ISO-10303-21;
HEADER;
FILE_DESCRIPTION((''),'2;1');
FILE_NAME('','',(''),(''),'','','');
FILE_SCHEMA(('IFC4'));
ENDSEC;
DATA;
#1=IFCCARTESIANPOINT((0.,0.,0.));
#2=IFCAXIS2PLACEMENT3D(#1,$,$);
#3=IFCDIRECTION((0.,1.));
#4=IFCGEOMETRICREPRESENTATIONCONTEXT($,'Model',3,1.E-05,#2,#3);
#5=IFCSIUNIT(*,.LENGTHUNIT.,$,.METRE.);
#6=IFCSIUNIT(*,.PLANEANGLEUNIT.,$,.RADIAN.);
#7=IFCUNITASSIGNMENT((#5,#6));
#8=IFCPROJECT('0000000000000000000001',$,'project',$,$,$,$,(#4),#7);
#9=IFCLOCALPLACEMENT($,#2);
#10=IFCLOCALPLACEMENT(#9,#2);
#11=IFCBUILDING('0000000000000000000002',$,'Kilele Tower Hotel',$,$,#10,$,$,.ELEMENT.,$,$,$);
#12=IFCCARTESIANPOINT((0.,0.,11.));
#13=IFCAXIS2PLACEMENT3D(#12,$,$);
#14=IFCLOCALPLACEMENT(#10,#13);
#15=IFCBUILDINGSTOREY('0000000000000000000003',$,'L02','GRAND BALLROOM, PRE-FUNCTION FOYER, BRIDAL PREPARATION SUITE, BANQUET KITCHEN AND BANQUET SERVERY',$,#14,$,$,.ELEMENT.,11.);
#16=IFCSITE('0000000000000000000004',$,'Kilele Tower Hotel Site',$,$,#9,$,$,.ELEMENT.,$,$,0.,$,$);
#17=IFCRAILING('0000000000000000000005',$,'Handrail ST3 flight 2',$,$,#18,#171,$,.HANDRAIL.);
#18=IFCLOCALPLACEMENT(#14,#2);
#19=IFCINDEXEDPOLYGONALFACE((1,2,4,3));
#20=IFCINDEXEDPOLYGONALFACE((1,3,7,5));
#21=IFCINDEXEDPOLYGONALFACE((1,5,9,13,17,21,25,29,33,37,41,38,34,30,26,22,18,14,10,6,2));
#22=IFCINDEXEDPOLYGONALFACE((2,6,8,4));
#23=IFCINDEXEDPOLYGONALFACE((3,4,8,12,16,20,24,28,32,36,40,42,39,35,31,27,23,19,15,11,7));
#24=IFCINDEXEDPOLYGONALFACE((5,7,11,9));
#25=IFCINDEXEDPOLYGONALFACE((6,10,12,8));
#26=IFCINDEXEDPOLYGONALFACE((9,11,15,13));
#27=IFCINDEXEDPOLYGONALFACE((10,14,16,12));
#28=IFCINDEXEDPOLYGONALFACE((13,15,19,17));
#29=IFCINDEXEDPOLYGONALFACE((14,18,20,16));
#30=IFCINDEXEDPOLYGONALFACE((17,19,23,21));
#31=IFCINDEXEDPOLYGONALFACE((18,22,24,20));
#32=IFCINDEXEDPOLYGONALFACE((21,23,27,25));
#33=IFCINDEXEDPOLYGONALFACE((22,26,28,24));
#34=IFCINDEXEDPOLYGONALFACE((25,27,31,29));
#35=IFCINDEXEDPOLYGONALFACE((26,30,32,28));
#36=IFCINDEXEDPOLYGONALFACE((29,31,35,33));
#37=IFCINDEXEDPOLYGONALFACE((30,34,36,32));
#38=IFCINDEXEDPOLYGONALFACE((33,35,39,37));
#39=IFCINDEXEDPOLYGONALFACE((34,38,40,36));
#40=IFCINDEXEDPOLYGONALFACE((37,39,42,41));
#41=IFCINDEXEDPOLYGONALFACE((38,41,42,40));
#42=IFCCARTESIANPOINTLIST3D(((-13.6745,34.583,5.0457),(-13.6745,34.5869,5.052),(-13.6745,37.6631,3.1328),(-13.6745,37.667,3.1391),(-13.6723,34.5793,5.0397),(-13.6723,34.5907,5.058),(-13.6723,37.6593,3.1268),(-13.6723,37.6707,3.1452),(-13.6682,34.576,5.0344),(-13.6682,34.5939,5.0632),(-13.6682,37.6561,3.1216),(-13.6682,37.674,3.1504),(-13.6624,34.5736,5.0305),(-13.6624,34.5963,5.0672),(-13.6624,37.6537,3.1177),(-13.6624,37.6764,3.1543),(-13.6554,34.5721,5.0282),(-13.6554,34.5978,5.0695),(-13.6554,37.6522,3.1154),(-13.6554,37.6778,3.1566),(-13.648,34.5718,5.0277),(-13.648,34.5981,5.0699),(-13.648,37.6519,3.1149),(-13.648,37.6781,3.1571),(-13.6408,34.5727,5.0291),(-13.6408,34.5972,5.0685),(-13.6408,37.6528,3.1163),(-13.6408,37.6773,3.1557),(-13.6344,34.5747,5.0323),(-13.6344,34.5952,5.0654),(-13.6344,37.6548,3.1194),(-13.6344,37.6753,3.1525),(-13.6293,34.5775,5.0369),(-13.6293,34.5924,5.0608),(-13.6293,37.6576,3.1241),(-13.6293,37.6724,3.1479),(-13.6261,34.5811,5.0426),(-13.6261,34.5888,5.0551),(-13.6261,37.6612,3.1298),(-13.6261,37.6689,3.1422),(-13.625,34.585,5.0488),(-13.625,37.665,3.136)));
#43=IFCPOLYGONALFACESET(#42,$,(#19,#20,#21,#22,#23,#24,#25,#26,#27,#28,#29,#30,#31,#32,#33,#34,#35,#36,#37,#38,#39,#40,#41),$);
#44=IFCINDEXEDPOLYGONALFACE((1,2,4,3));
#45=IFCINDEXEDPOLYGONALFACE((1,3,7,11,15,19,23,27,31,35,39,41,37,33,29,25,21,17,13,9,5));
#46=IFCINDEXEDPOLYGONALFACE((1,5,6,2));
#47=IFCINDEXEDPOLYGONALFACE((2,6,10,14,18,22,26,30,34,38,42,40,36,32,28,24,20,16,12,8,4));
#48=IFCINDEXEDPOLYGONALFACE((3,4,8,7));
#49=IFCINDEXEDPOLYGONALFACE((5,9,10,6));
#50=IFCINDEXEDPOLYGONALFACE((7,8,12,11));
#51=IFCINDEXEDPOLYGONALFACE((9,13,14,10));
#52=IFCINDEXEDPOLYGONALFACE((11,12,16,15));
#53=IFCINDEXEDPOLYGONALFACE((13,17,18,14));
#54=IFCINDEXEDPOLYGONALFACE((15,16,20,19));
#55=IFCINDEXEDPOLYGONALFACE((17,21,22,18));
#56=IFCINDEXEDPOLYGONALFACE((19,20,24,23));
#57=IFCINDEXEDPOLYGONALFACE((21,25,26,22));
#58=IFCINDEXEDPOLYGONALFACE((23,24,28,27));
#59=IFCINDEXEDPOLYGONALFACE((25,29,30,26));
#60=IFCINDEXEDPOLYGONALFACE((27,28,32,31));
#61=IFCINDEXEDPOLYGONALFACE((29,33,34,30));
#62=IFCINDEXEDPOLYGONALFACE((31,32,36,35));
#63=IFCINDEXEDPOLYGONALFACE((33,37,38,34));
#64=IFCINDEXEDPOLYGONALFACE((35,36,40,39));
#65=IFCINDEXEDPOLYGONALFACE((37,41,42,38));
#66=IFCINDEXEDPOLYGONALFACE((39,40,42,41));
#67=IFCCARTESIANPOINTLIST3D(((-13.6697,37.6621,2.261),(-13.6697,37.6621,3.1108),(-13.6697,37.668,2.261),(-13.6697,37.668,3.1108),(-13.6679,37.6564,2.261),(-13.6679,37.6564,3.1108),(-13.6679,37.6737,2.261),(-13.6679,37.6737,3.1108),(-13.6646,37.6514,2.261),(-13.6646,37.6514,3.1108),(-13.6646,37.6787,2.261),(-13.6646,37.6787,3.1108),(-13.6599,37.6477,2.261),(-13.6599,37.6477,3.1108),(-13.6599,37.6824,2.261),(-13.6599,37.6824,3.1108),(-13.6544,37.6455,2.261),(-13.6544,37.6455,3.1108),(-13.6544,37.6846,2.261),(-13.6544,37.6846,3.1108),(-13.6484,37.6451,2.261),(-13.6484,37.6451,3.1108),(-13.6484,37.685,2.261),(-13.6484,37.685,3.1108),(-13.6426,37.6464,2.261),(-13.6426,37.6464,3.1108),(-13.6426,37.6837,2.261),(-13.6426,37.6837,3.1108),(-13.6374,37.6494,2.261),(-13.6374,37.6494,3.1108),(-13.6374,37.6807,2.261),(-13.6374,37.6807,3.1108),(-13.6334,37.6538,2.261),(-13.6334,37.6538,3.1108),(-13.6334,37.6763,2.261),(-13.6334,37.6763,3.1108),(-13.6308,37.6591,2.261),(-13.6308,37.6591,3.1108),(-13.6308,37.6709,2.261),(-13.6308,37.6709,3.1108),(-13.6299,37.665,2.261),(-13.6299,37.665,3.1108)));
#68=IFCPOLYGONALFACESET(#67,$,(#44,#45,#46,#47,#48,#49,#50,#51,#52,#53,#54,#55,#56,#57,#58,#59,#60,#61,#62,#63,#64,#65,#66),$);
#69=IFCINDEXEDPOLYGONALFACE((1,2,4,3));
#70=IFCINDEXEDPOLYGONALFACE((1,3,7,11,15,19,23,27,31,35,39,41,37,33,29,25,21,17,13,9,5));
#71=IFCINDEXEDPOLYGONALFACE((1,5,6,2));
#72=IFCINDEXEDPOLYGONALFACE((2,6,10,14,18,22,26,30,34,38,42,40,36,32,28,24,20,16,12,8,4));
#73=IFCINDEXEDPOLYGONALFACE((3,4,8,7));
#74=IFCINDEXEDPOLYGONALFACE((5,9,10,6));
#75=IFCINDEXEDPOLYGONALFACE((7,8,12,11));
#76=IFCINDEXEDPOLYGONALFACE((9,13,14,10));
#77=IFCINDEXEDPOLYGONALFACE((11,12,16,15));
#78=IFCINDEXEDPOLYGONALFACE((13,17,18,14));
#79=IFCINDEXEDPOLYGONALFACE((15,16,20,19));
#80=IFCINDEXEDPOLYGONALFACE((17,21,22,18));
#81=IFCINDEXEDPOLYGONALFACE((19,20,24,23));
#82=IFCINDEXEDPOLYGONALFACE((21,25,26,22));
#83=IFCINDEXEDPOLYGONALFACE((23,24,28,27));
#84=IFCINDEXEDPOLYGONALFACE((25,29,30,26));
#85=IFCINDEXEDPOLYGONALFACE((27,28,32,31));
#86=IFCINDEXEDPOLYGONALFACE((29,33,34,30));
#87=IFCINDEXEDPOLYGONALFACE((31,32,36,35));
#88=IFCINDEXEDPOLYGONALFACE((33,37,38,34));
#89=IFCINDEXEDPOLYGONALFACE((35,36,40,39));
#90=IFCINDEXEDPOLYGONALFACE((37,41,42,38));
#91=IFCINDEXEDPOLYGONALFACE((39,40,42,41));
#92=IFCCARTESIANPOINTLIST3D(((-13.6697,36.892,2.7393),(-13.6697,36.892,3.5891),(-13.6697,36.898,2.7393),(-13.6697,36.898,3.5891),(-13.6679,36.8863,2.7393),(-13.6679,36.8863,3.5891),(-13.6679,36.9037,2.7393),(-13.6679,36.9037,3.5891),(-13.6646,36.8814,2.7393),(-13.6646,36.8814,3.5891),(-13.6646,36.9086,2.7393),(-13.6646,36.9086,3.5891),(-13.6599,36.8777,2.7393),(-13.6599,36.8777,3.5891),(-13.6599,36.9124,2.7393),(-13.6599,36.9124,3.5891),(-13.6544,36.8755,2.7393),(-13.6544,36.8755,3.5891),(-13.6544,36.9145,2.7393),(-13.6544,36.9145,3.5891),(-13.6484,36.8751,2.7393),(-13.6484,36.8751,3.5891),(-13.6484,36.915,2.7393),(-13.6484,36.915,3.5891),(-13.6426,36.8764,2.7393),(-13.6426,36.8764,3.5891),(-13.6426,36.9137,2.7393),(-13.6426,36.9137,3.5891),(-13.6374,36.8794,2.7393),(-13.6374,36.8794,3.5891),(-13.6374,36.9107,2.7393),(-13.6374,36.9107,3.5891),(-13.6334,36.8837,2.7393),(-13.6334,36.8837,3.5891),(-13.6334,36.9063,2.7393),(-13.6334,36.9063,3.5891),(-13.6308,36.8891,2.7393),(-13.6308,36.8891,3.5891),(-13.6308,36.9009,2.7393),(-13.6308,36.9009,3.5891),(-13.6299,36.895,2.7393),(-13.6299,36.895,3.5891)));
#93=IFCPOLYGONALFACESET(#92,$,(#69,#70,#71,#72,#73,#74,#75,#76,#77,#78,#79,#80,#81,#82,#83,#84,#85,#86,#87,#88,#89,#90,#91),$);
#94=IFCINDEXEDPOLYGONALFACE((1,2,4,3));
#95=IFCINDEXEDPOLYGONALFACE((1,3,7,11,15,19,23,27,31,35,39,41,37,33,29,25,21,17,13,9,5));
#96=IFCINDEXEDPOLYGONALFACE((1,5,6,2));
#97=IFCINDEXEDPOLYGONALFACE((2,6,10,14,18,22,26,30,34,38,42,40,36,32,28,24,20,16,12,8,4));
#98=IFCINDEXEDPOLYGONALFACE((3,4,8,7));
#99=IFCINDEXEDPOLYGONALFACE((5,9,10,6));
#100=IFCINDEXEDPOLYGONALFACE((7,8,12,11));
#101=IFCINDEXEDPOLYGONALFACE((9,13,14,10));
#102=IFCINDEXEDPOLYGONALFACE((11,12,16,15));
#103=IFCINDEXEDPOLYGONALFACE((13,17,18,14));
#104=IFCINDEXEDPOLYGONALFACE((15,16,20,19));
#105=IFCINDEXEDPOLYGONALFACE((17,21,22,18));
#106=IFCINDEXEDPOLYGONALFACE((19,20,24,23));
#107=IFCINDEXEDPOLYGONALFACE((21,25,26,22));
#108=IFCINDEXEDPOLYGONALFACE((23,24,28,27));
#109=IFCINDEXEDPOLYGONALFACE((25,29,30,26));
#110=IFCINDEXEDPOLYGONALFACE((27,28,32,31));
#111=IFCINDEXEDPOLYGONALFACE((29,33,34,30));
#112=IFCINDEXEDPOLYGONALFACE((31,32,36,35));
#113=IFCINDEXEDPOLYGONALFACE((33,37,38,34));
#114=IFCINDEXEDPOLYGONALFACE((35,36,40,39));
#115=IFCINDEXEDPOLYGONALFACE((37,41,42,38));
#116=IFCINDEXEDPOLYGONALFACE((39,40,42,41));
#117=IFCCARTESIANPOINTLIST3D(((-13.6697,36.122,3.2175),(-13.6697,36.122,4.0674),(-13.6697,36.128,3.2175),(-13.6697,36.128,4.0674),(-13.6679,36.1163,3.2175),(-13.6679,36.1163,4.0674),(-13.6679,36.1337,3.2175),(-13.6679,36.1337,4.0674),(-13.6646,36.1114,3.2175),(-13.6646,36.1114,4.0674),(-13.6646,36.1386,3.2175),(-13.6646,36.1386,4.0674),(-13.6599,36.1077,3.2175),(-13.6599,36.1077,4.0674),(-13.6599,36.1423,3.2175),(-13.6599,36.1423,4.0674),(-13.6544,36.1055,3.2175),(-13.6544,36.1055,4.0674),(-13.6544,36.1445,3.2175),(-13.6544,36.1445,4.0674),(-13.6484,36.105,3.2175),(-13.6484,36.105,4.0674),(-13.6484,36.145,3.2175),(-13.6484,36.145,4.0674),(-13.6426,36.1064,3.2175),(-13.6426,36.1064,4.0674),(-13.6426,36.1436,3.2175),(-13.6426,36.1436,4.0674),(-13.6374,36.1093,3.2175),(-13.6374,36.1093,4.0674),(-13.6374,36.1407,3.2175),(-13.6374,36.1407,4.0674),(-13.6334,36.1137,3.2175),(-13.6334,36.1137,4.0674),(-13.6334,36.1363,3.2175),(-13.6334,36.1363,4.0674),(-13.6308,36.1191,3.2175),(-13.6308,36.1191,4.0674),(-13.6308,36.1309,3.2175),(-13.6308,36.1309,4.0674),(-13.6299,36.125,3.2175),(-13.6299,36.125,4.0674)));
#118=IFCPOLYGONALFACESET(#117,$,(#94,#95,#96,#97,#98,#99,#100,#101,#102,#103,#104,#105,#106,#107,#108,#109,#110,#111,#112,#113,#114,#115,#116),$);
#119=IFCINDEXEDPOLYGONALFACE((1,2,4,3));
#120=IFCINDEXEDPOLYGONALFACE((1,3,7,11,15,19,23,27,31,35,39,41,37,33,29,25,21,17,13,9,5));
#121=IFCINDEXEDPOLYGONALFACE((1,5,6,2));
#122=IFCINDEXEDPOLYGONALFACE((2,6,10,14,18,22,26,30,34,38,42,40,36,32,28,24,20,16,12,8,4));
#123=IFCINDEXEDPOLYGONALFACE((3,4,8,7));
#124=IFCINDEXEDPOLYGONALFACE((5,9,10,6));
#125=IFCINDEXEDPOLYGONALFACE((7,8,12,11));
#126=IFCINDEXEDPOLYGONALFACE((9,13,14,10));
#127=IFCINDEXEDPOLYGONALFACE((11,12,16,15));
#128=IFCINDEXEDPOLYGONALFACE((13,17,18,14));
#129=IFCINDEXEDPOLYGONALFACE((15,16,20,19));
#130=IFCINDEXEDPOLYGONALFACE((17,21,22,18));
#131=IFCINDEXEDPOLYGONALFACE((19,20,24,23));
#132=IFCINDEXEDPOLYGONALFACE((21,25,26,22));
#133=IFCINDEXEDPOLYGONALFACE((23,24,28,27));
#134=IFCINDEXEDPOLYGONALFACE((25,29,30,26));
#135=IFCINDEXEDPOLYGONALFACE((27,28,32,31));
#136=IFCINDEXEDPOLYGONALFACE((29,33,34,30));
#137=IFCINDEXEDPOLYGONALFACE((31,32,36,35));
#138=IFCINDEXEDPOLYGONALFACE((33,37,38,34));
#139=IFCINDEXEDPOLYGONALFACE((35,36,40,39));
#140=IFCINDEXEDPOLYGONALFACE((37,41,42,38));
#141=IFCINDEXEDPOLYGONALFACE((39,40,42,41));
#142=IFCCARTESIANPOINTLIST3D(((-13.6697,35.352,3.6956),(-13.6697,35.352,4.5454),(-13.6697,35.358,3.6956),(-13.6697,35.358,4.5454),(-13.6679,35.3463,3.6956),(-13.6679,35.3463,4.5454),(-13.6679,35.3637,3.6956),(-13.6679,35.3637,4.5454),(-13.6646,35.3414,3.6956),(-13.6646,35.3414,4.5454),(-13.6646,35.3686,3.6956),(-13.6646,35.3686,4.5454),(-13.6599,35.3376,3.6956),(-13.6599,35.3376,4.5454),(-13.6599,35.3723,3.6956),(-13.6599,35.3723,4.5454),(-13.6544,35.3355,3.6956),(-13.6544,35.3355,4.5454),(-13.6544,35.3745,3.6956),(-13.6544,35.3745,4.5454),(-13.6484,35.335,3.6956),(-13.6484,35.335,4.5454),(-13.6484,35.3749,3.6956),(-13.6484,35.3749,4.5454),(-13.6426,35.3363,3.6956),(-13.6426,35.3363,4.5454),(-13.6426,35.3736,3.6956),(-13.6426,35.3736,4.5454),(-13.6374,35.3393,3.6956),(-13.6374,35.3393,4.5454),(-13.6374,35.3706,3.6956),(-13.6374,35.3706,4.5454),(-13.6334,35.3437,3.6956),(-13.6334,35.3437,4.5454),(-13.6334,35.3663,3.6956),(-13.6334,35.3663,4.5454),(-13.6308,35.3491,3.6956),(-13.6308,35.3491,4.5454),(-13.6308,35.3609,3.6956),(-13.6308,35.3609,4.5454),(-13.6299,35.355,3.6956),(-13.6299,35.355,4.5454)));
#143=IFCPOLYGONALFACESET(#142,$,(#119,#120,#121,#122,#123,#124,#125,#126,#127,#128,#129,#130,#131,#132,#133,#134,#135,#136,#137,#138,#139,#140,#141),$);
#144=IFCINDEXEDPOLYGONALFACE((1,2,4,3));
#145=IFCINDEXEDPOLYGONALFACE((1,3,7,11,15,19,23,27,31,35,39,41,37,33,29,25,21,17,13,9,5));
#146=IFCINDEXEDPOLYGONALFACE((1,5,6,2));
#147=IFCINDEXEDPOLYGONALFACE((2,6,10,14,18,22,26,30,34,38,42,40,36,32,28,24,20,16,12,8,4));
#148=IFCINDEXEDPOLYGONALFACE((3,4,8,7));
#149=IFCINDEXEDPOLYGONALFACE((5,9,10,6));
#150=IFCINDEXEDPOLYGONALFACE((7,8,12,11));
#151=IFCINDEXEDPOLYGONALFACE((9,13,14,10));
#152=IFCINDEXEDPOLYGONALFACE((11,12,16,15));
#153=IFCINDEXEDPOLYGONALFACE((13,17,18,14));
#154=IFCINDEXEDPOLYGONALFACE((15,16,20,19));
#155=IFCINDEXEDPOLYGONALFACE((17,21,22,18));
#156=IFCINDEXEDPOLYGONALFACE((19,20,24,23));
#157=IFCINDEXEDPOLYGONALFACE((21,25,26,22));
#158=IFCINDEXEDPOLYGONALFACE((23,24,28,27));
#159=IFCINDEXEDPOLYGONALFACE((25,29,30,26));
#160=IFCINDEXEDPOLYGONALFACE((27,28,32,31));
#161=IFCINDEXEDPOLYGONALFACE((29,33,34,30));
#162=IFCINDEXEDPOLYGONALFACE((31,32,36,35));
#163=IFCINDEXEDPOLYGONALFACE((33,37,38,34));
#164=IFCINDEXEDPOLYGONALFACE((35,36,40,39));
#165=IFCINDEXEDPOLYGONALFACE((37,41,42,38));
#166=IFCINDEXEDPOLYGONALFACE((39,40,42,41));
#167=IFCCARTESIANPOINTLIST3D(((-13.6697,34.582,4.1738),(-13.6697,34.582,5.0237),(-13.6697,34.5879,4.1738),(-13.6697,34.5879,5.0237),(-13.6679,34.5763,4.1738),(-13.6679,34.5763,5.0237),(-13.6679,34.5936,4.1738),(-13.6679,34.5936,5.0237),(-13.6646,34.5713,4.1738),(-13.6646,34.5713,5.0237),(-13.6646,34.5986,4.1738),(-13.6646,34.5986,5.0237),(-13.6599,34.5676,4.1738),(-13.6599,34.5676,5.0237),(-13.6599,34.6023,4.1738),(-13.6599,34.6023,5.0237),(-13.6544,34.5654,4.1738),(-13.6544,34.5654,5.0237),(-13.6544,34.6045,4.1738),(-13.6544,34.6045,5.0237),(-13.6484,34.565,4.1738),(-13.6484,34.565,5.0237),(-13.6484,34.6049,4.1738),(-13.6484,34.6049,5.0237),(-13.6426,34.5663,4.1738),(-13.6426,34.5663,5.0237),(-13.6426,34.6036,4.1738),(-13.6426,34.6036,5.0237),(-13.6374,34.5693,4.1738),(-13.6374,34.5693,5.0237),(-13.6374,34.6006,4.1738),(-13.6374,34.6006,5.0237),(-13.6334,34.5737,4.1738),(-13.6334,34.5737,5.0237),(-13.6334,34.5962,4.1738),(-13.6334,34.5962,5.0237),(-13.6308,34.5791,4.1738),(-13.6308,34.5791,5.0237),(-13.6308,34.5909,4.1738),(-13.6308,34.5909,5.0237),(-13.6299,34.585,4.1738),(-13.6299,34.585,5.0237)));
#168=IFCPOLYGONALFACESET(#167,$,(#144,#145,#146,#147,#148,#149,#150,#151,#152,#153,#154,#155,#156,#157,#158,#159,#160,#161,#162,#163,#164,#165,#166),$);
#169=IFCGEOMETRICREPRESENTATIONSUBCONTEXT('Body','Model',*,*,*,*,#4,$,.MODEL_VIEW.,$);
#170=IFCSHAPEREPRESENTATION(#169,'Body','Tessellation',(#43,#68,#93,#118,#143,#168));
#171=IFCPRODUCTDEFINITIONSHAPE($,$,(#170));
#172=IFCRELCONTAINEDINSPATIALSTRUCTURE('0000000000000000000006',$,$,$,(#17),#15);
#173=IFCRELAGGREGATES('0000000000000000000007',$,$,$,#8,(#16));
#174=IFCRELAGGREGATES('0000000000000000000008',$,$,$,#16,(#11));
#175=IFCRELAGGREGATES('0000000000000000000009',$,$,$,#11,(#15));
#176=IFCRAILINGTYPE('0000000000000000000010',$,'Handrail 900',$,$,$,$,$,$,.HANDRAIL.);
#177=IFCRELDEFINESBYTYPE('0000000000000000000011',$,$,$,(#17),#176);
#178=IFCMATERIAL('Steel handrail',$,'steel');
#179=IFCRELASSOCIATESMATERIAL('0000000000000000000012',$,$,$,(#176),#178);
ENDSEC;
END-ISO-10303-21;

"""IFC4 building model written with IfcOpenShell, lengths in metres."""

from ifc_helpers import new_model, si_unit, direction, frame, origin, origin_2d, place, context, subcontext, project, spatial, circle, extrude, material, type_object, element, save


model = new_model("IFC4")

# Units and contexts
model_context = context("Model", 3, precision=1e-05, world=origin(), true_north=direction((0.0, 1.0)))
body_context = subcontext(model_context, "Body", "Model", "MODEL_VIEW")
ifc_project = project(units=[si_unit("LENGTHUNIT", "METRE"), si_unit("PLANEANGLEUNIT", "RADIAN")], contexts=[model_context])

# Site, building, storey
site_placement = place(None, origin())
site = spatial("IfcSite", under=ifc_project, at=site_placement, Name="Kilele Tower Hotel Site", CompositionType="ELEMENT", RefElevation=0.0)
building_placement = place(site_placement, origin())
building = spatial("IfcBuilding", under=site, at=building_placement, Name="Kilele Tower Hotel", CompositionType="ELEMENT")
storey_placement = place(building_placement, frame((0.0, 0.0, 11.0)))
storey = spatial("IfcBuildingStorey", under=building, at=storey_placement, Name="L02", Description="GRAND BALLROOM, PRE-FUNCTION FOYER, BRIDAL PREPARATION SUITE, BANQUET KITCHEN AND BANQUET SERVERY", CompositionType="ELEMENT", Elevation=11.0)

# Railing
ifc_material_1 = material(Name="Steel handrail", Category="steel")
railing_type = type_object("IfcRailingType", Name="Handrail 900", PredefinedType="HANDRAIL", material=ifc_material_1)
railing_1_placement = place(storey_placement, frame((-13.6499, 37.665, 2.261)))
element("IfcRailing", 1, at=railing_1_placement, inside=storey, type_object=railing_type, Name="Handrail ST3 flight 2", PredefinedType="HANDRAIL", context=body_context, shape_type="SweptSolid", body=[
    extrude(circle(Radius=0.0249, at=origin_2d()), frame((0.0, 0.0, 0.875), z_axis=(0.0, -0.849508, 0.527576), x_axis=(1.0, 0.0, 0.0)), (0.0, 0.0, 1.0), 3.6257),
    extrude(circle(Radius=0.02, at=origin_2d()), origin(), (0.0, 0.0, 1.0), 0.8499),
    extrude(circle(Radius=0.02, at=origin_2d()), frame((0.0, -0.77, 0.4783)), (0.0, 0.0, 1.0), 0.8499),
    extrude(circle(Radius=0.02, at=origin_2d()), frame((0.0, -1.54, 0.9565)), (0.0, 0.0, 1.0), 0.8499),
    extrude(circle(Radius=0.02, at=origin_2d()), frame((0.0, -2.3101, 1.4346)), (0.0, 0.0, 1.0), 0.8499),
    extrude(circle(Radius=0.02, at=origin_2d()), frame((0.0, -3.0801, 1.9128)), (0.0, 0.0, 1.0), 0.8499),
])

save(model, "model.ifc")
